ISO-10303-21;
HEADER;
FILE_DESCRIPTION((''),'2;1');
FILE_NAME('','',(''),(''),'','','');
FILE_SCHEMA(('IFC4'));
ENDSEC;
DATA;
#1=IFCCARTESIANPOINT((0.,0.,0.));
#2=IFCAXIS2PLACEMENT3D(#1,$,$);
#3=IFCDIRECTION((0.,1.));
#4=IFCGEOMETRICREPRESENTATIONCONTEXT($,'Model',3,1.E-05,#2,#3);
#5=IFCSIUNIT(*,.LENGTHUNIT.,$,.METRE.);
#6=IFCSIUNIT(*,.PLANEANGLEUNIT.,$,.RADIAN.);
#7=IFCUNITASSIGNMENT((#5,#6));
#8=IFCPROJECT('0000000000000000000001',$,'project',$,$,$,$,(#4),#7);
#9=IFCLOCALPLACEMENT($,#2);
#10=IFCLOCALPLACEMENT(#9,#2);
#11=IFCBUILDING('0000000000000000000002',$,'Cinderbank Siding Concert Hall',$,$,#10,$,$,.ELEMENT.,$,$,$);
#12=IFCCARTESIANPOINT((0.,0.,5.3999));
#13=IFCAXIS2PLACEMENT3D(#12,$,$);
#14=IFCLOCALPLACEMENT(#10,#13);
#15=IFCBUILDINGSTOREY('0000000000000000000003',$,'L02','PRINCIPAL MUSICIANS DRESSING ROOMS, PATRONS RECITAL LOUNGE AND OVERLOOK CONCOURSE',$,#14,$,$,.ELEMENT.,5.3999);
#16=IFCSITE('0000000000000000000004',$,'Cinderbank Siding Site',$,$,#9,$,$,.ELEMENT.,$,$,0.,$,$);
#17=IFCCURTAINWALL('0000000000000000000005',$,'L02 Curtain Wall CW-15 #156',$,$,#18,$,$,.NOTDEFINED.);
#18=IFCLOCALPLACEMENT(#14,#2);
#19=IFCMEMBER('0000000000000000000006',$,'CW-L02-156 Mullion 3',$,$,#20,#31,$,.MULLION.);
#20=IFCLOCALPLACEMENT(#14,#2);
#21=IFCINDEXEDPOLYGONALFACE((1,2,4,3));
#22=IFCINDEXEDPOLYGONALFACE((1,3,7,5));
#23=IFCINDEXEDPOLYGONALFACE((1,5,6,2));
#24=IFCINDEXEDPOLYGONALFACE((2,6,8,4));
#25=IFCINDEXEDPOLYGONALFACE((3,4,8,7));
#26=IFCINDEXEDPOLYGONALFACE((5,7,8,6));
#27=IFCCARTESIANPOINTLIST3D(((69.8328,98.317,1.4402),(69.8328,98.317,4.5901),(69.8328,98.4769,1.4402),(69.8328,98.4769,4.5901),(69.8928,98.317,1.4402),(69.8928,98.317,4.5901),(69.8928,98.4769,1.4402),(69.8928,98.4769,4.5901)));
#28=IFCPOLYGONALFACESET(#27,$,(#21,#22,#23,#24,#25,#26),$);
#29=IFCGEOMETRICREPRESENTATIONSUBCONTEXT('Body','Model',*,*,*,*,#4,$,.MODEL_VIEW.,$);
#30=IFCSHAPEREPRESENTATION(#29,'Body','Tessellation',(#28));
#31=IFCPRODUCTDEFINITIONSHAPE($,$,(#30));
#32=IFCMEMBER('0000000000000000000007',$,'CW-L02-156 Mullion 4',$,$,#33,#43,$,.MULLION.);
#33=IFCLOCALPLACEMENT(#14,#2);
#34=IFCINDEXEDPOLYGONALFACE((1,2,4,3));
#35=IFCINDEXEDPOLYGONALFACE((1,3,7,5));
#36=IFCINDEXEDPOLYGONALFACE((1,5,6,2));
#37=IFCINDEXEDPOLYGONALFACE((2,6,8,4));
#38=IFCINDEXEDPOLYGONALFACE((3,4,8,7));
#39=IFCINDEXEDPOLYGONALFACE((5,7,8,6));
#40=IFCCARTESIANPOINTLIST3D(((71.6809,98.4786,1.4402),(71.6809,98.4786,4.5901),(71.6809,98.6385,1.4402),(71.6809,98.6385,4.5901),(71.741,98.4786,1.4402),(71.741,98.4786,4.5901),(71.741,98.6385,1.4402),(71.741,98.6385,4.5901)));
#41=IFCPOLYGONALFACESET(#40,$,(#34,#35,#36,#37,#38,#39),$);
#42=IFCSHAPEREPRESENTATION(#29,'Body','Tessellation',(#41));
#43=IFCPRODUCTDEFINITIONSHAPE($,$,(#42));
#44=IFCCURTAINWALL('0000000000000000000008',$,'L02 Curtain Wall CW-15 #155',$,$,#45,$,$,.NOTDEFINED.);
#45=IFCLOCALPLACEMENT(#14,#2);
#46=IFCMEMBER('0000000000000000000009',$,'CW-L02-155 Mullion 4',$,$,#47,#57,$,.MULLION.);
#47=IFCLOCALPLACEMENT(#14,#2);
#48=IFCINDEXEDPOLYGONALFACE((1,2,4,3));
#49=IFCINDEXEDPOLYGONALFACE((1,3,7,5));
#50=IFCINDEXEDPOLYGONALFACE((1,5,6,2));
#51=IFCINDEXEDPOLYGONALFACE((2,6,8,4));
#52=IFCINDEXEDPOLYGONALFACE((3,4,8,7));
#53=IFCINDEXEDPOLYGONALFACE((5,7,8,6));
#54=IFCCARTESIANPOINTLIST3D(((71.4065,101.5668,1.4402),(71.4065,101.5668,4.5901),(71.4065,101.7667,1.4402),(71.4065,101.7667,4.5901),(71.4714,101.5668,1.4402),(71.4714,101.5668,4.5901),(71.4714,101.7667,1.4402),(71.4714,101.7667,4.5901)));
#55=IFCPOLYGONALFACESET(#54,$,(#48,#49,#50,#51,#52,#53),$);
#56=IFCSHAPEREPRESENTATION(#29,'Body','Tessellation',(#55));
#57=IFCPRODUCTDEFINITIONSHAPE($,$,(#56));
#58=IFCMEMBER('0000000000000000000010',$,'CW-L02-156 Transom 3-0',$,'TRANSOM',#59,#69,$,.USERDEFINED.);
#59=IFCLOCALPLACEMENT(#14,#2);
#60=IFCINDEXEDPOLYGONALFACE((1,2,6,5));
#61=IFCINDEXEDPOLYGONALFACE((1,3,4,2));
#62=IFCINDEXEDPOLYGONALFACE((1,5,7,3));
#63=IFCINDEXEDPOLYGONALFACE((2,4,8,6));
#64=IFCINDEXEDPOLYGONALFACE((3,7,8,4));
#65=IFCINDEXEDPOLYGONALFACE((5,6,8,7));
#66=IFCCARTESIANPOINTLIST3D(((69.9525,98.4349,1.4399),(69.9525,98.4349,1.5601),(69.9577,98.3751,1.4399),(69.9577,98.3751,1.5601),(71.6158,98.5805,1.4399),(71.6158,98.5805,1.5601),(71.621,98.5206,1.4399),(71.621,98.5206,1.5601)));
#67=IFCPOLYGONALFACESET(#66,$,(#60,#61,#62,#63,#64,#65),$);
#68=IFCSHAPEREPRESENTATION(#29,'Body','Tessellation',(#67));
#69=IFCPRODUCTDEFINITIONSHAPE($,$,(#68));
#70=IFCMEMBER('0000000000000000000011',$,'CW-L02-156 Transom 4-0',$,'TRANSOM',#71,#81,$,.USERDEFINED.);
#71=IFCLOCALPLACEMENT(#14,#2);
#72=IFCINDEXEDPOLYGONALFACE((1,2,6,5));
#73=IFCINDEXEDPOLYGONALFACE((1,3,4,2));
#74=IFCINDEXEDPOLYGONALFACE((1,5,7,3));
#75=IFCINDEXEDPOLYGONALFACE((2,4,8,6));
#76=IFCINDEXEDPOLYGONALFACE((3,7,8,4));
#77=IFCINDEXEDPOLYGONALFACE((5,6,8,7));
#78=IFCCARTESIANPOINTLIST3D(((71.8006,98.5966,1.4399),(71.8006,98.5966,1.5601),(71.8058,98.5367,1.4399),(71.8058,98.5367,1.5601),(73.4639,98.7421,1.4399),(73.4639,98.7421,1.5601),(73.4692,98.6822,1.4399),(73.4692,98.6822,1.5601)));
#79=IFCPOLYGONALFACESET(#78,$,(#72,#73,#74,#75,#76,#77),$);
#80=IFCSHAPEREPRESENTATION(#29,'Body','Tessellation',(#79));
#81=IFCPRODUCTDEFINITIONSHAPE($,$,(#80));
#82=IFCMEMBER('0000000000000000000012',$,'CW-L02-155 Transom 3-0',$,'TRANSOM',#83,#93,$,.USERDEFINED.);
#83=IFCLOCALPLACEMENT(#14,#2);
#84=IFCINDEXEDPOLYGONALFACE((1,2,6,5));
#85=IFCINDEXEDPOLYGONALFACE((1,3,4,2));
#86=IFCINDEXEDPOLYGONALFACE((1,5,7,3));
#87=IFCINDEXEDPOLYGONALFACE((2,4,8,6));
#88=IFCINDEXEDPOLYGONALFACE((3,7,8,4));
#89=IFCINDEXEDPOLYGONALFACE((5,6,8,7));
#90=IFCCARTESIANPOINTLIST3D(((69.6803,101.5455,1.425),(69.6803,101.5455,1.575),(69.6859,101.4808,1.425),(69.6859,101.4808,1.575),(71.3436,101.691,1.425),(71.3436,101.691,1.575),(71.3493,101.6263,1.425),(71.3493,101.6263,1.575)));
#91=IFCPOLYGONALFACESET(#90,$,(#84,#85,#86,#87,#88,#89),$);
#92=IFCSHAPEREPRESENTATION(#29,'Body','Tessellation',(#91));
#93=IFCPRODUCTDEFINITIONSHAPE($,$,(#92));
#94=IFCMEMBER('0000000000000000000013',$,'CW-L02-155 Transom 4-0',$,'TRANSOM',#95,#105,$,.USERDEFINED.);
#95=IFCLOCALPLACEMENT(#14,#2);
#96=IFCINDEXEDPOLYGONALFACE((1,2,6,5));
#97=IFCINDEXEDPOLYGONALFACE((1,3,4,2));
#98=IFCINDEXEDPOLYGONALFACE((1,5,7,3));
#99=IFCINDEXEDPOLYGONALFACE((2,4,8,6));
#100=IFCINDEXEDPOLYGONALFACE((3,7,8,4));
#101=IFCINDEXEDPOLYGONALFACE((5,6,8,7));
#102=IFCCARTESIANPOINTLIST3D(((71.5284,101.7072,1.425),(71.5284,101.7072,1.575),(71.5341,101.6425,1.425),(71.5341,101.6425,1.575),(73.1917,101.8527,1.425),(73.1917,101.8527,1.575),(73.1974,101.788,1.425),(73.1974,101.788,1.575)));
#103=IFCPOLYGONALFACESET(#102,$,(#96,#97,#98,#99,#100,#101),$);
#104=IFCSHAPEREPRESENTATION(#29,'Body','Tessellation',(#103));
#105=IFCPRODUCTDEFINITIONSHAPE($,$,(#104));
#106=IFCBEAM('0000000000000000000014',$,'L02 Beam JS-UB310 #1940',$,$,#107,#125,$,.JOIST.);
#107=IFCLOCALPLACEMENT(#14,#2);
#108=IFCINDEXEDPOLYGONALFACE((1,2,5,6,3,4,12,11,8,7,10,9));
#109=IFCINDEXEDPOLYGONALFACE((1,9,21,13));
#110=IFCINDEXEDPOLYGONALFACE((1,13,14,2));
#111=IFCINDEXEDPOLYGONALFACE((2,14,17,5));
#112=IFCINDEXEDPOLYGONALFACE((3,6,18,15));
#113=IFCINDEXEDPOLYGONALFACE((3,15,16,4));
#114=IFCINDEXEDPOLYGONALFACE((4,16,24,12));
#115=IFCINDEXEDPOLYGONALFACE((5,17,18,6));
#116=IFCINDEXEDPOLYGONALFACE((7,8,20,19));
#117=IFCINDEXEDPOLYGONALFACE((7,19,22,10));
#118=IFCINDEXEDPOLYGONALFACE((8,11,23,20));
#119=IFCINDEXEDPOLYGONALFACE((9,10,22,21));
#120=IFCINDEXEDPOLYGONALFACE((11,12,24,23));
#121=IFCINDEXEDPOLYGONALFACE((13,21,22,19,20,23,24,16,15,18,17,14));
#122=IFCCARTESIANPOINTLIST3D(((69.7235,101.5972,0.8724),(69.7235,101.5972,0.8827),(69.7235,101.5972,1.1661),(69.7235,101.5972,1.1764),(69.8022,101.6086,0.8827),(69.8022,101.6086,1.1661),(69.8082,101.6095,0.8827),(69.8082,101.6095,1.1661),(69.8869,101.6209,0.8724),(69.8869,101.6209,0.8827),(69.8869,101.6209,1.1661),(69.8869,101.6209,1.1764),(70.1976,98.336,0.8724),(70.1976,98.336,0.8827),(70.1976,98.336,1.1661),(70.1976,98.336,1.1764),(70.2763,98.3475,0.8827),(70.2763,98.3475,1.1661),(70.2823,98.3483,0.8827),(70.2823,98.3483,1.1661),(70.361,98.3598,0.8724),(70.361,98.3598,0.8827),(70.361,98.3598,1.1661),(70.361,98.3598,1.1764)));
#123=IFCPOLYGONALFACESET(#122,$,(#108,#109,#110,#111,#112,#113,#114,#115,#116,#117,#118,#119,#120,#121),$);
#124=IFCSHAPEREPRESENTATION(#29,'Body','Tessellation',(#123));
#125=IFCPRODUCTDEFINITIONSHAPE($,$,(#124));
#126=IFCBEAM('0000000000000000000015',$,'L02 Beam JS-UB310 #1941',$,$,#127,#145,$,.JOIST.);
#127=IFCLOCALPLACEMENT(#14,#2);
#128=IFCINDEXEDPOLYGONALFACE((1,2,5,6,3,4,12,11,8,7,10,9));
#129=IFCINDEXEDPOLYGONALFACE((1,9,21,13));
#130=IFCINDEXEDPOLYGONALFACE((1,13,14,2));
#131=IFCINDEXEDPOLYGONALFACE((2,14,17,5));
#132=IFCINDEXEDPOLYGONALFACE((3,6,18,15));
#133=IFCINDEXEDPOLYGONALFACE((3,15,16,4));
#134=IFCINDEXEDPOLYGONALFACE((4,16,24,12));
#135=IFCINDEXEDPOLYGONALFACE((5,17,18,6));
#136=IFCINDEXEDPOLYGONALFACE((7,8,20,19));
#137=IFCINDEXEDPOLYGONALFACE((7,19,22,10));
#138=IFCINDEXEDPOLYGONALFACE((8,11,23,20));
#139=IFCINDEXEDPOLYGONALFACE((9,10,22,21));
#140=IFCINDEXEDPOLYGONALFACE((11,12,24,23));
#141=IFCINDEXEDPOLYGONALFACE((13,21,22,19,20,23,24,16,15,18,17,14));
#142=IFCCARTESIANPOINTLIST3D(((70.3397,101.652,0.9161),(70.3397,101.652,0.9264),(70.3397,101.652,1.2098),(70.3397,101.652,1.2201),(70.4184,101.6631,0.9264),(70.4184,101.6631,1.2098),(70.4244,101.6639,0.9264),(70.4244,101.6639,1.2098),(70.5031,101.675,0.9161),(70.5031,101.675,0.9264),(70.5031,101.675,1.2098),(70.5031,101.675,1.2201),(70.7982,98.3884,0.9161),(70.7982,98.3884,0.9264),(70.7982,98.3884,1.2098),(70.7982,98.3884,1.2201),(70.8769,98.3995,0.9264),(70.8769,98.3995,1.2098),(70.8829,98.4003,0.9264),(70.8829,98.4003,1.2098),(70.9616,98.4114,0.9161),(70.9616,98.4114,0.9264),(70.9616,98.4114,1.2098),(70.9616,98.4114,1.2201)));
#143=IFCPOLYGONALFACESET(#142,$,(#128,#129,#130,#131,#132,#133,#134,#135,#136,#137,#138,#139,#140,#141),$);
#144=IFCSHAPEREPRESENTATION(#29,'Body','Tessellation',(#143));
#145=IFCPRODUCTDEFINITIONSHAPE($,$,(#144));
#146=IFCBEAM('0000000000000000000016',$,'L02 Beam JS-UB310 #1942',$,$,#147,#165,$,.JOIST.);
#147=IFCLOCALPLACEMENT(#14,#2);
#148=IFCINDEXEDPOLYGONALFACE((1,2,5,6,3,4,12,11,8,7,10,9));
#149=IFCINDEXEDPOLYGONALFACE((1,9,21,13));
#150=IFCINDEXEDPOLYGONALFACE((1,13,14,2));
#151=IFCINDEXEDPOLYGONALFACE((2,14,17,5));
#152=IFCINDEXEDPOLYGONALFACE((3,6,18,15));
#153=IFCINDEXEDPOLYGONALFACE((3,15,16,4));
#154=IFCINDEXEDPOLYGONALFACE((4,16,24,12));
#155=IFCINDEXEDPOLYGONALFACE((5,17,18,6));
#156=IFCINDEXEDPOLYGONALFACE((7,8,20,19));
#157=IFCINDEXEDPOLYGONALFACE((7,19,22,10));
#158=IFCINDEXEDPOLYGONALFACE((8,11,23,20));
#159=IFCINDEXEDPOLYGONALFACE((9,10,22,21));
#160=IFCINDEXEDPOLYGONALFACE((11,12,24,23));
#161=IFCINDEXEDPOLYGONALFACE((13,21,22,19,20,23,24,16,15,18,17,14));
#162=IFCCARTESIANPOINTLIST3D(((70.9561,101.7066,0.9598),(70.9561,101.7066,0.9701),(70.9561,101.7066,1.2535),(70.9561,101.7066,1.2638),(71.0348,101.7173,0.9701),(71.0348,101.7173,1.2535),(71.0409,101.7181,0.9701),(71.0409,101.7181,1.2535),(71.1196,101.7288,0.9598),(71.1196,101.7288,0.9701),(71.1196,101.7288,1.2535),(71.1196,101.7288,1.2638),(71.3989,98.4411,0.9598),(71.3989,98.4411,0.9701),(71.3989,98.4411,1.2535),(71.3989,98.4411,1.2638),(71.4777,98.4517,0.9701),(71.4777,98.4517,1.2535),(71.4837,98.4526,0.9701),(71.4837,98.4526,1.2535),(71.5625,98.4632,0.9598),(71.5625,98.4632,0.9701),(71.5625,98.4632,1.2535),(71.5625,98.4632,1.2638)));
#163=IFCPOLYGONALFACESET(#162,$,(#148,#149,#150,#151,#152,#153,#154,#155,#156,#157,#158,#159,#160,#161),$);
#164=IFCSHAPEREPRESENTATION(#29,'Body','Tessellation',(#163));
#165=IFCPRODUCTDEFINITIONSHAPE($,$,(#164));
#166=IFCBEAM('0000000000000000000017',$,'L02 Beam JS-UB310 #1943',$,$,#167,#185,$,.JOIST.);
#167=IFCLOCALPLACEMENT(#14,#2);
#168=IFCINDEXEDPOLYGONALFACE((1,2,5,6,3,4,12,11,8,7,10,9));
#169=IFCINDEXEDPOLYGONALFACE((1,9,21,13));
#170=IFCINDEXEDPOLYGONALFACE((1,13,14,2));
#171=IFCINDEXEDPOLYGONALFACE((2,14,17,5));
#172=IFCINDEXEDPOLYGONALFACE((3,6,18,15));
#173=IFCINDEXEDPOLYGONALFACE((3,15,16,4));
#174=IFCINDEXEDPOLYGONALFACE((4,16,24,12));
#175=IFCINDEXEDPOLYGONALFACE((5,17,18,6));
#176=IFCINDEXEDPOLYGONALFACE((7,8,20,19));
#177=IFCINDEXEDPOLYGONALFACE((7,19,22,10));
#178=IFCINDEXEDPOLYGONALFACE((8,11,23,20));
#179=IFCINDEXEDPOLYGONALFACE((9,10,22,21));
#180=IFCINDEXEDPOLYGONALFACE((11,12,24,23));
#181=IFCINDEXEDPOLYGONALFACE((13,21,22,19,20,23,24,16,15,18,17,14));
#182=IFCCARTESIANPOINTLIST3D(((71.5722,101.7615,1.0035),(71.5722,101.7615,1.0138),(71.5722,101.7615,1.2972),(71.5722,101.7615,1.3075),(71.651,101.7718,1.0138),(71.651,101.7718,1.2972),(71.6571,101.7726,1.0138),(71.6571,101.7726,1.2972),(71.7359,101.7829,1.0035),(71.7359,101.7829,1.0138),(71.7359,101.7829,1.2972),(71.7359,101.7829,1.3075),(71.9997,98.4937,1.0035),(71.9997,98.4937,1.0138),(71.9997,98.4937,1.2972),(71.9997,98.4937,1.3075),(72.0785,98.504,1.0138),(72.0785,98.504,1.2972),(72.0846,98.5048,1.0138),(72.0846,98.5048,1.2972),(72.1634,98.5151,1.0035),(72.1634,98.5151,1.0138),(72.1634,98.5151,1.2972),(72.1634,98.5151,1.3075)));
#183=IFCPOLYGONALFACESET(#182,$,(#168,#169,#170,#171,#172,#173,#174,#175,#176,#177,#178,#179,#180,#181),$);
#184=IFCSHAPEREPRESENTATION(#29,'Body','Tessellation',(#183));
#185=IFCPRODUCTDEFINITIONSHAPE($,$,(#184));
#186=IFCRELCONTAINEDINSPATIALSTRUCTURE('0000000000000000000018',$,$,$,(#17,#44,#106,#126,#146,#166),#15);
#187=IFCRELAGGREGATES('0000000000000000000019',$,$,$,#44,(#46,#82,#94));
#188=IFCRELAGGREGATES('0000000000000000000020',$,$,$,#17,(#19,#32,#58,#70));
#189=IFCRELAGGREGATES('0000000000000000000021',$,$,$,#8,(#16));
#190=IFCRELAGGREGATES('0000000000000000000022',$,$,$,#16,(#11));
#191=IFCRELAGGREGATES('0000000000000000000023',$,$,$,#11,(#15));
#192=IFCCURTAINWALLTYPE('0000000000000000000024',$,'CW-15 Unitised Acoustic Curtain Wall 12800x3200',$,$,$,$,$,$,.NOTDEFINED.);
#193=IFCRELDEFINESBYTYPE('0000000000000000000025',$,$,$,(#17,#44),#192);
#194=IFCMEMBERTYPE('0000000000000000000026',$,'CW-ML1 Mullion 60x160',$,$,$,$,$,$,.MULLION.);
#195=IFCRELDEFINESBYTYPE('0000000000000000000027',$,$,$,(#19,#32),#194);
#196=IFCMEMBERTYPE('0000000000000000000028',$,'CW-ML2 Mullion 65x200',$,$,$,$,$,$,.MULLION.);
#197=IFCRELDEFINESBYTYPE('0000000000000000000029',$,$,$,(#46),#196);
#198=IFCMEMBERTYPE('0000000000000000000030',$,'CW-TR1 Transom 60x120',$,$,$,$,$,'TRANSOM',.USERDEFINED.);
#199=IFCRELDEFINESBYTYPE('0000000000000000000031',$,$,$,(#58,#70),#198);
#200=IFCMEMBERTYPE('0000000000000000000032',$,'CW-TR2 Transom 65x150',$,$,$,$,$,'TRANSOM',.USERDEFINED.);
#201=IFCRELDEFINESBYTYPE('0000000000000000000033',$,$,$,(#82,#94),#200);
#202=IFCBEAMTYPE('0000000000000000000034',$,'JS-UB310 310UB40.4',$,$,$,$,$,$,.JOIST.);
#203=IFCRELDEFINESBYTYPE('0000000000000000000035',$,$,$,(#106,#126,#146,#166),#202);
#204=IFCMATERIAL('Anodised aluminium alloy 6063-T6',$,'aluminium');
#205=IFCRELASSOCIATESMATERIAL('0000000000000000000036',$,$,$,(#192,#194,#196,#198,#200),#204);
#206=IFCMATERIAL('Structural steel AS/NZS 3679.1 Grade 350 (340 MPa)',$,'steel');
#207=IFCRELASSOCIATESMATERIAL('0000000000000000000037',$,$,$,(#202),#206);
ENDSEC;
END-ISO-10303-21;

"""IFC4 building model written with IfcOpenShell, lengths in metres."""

from ifc_helpers import new_model, si_unit, direction, frame, origin, origin_2d, place, context, subcontext, project, spatial, rectangle, i_section, extrude, material, material_profile, profile_set, type_object, element, aggregate, save


model = new_model("IFC4")

# Units and contexts
model_context = context("Model", 3, precision=1e-05, world=origin(), true_north=direction((0.0, 1.0)))
body_context = subcontext(model_context, "Body", "Model", "MODEL_VIEW")
ifc_project = project(units=[si_unit("LENGTHUNIT", "METRE"), si_unit("PLANEANGLEUNIT", "RADIAN")], contexts=[model_context])

# Site, building, storey
site_placement = place(None, origin())
site = spatial("IfcSite", under=ifc_project, at=site_placement, Name="Cinderbank Siding Site", CompositionType="ELEMENT", RefElevation=0.0)
building_placement = place(site_placement, origin())
building = spatial("IfcBuilding", under=site, at=building_placement, Name="Cinderbank Siding Concert Hall", CompositionType="ELEMENT")
storey_placement = place(building_placement, frame((0.0, 0.0, 5.3999)))
storey = spatial("IfcBuildingStorey", under=building, at=storey_placement, Name="L02", Description="PRINCIPAL MUSICIANS DRESSING ROOMS, PATRONS RECITAL LOUNGE AND OVERLOOK CONCOURSE", CompositionType="ELEMENT", Elevation=5.3999)

# Curtain wall, members
ifc_material_1 = material(Name="Anodised aluminium alloy 6063-T6", Category="aluminium")
curtain_wall_type = type_object("IfcCurtainWallType", Name="CW-15 Unitised Acoustic Curtain Wall 12800x3200", PredefinedType="NOTDEFINED", material=ifc_material_1)
curtain_wall_1_placement = place(storey_placement, origin())
curtain_wall_1 = element("IfcCurtainWall", 1, at=curtain_wall_1_placement, inside=storey, type_object=curtain_wall_type, Name="L02 Curtain Wall CW-15 #156", PredefinedType="NOTDEFINED")
ifc_material_profile_1 = material_profile(ifc_material_1, rectangle(XDim=0.0601, YDim=0.1599, at=origin_2d()), Name="ALU-MULL-60x160", Category="LoadBearing")
ifc_profile_set_1 = profile_set([ifc_material_profile_1], Name="Anodised aluminium alloy 6063-T6")
member_type_1 = type_object("IfcMemberType", Name="CW-ML1 Mullion 60x160", PredefinedType="MULLION", material=ifc_profile_set_1)
member_1_placement = place(storey_placement, frame((69.8628, 98.397, 1.4402), z_axis=(0.0, 0.0, 1.0), x_axis=(1.0, 0.0, 0.0)))
member_1 = element("IfcMember", 2, at=member_1_placement, type_object=member_type_1, Name="CW-L02-156 Mullion 3", PredefinedType="MULLION", context=body_context, shape_type="SweptSolid", body=[
    extrude(rectangle(XDim=0.0601, YDim=0.1599, at=origin_2d()), origin(), (0.0, 0.0, 1.0), 3.1499),
])
member_2_placement = place(storey_placement, frame((71.7109, 98.5586, 1.4402), z_axis=(0.0, 0.0, 1.0), x_axis=(1.0, 0.0, 0.0)))
member_2 = element("IfcMember", 3, at=member_2_placement, type_object=member_type_1, Name="CW-L02-156 Mullion 4", PredefinedType="MULLION", context=body_context, shape_type="SweptSolid", body=[
    extrude(rectangle(XDim=0.0601, YDim=0.1599, at=origin_2d()), origin(), (0.0, 0.0, 1.0), 3.1499),
])

# Curtain wall, member
curtain_wall_2_placement = place(storey_placement, origin())
curtain_wall_2 = element("IfcCurtainWall", 4, at=curtain_wall_2_placement, inside=storey, type_object=curtain_wall_type, Name="L02 Curtain Wall CW-15 #155", PredefinedType="NOTDEFINED")
ifc_material_profile_2 = material_profile(ifc_material_1, rectangle(XDim=0.0649, YDim=0.2, at=origin_2d()), Name="ALU-MULL-65x200", Category="LoadBearing")
ifc_profile_set_2 = profile_set([ifc_material_profile_2], Name="Anodised aluminium alloy 6063-T6")
member_type_2 = type_object("IfcMemberType", Name="CW-ML2 Mullion 65x200", PredefinedType="MULLION", material=ifc_profile_set_2)
member_3_placement = place(storey_placement, frame((71.439, 101.6667, 1.4402), z_axis=(0.0, 0.0, 1.0), x_axis=(1.0, 0.0, 0.0)))
member_3 = element("IfcMember", 5, at=member_3_placement, type_object=member_type_2, Name="CW-L02-155 Mullion 4", PredefinedType="MULLION", context=body_context, shape_type="SweptSolid", body=[
    extrude(rectangle(XDim=0.0649, YDim=0.2, at=origin_2d()), origin(), (0.0, 0.0, 1.0), 3.1499),
])

# Members
ifc_material_profile_3 = material_profile(ifc_material_1, rectangle(XDim=0.0601, YDim=0.1201, at=origin_2d()), Name="ALU-TRAN-60x120", Category="LoadBearing")
ifc_profile_set_3 = profile_set([ifc_material_profile_3], Name="Anodised aluminium alloy 6063-T6")
member_type_3 = type_object("IfcMemberType", Name="CW-TR1 Transom 60x120", ElementType="TRANSOM", PredefinedType="USERDEFINED", material=ifc_profile_set_3)
member_4_placement = place(storey_placement, frame((69.9551, 98.405, 1.5), z_axis=(0.996195, 0.087147, 0.0), x_axis=(-0.087147, 0.996195, 0.0)))
member_4 = element("IfcMember", 6, at=member_4_placement, type_object=member_type_3, Name="CW-L02-156 Transom 3-0", ObjectType="TRANSOM", PredefinedType="USERDEFINED", context=body_context, shape_type="SweptSolid", body=[
    extrude(rectangle(XDim=0.0601, YDim=0.1201, at=origin_2d()), origin(), (0.0, 0.0, 1.0), 1.6697),
])
member_5_placement = place(storey_placement, frame((71.8032, 98.5667, 1.5), z_axis=(0.996195, 0.087147, 0.0), x_axis=(-0.087147, 0.996195, 0.0)))
member_5 = element("IfcMember", 7, at=member_5_placement, type_object=member_type_3, Name="CW-L02-156 Transom 4-0", ObjectType="TRANSOM", PredefinedType="USERDEFINED", context=body_context, shape_type="SweptSolid", body=[
    extrude(rectangle(XDim=0.0601, YDim=0.1201, at=origin_2d()), origin(), (0.0, 0.0, 1.0), 1.6697),
])
ifc_material_profile_4 = material_profile(ifc_material_1, rectangle(XDim=0.0649, YDim=0.1499, at=origin_2d()), Name="ALU-TRAN-65x150", Category="LoadBearing")
ifc_profile_set_4 = profile_set([ifc_material_profile_4], Name="Anodised aluminium alloy 6063-T6")
member_type_4 = type_object("IfcMemberType", Name="CW-TR2 Transom 65x150", ElementType="TRANSOM", PredefinedType="USERDEFINED", material=ifc_profile_set_4)
member_6_placement = place(storey_placement, frame((69.6831, 101.5132, 1.5), z_axis=(0.996195, 0.087147, 0.0), x_axis=(-0.087147, 0.996195, 0.0)))
member_6 = element("IfcMember", 8, at=member_6_placement, type_object=member_type_4, Name="CW-L02-155 Transom 3-0", ObjectType="TRANSOM", PredefinedType="USERDEFINED", context=body_context, shape_type="SweptSolid", body=[
    extrude(rectangle(XDim=0.0649, YDim=0.1499, at=origin_2d()), origin(), (0.0, 0.0, 1.0), 1.6697),
])
member_7_placement = place(storey_placement, frame((71.5312, 101.6748, 1.5), z_axis=(0.996195, 0.087147, 0.0), x_axis=(-0.087147, 0.996195, 0.0)))
member_7 = element("IfcMember", 9, at=member_7_placement, type_object=member_type_4, Name="CW-L02-155 Transom 4-0", ObjectType="TRANSOM", PredefinedType="USERDEFINED", context=body_context, shape_type="SweptSolid", body=[
    extrude(rectangle(XDim=0.0649, YDim=0.1499, at=origin_2d()), origin(), (0.0, 0.0, 1.0), 1.6697),
])

# Beams
ifc_material_2 = material(Name="Structural steel AS/NZS 3679.1 Grade 350 (340 MPa)", Category="steel")
ifc_material_profile_5 = material_profile(ifc_material_2, i_section(OverallWidth=0.165, OverallDepth=0.304, WebThickness=0.0061, FlangeThickness=0.0103, at=origin_2d()), Name="310UB40.4", Category="LoadBearing")
ifc_profile_set_5 = profile_set([ifc_material_profile_5], Name="Structural steel AS/NZS 3679.1 Grade 350 (340 MPa)")
beam_type = type_object("IfcBeamType", Name="JS-UB310 310UB40.4", PredefinedType="JOIST", material=ifc_profile_set_5)
beam_1_placement = place(storey_placement, frame((70.2793, 98.3479, 1.0244), z_axis=(-0.143869, 0.989597, 0.0), x_axis=(-0.989597, -0.143869, 0.0)))
element("IfcBeam", 10, at=beam_1_placement, inside=storey, type_object=beam_type, Name="L02 Beam JS-UB310 #1940", PredefinedType="JOIST", context=body_context, shape_type="SweptSolid", body=[
    extrude(i_section(OverallWidth=0.165, OverallDepth=0.304, WebThickness=0.0061, FlangeThickness=0.0103, at=origin_2d()), origin(), (0.0, 0.0, 1.0), 3.2954),
])
beam_2_placement = place(storey_placement, frame((70.8799, 98.3999, 1.0681), z_axis=(-0.139119, 0.990276, 0.0), x_axis=(-0.990276, -0.139119, 0.0)))
element("IfcBeam", 11, at=beam_2_placement, inside=storey, type_object=beam_type, Name="L02 Beam JS-UB310 #1941", PredefinedType="JOIST", context=body_context, shape_type="SweptSolid", body=[
    extrude(i_section(OverallWidth=0.165, OverallDepth=0.304, WebThickness=0.0061, FlangeThickness=0.0103, at=origin_2d()), origin(), (0.0, 0.0, 1.0), 3.2957),
])
beam_3_placement = place(storey_placement, frame((71.4807, 98.4521, 1.1118), z_axis=(-0.134386, 0.990929, 0.0), x_axis=(-0.990929, -0.134386, 0.0)))
element("IfcBeam", 12, at=beam_3_placement, inside=storey, type_object=beam_type, Name="L02 Beam JS-UB310 #1942", PredefinedType="JOIST", context=body_context, shape_type="SweptSolid", body=[
    extrude(i_section(OverallWidth=0.165, OverallDepth=0.304, WebThickness=0.0061, FlangeThickness=0.0103, at=origin_2d()), origin(), (0.0, 0.0, 1.0), 3.2954),
])
beam_4_placement = place(storey_placement, frame((72.0815, 98.5044, 1.1555), z_axis=(-0.129713, 0.991552, 0.0), x_axis=(-0.991552, -0.129713, 0.0)))
element("IfcBeam", 13, at=beam_4_placement, inside=storey, type_object=beam_type, Name="L02 Beam JS-UB310 #1943", PredefinedType="JOIST", context=body_context, shape_type="SweptSolid", body=[
    extrude(i_section(OverallWidth=0.165, OverallDepth=0.304, WebThickness=0.0061, FlangeThickness=0.0103, at=origin_2d()), origin(), (0.0, 0.0, 1.0), 3.2957),
])

aggregate(curtain_wall_2, [member_3, member_6, member_7])
aggregate(curtain_wall_1, [member_1, member_2, member_4, member_5])

save(model, "model.ifc")
